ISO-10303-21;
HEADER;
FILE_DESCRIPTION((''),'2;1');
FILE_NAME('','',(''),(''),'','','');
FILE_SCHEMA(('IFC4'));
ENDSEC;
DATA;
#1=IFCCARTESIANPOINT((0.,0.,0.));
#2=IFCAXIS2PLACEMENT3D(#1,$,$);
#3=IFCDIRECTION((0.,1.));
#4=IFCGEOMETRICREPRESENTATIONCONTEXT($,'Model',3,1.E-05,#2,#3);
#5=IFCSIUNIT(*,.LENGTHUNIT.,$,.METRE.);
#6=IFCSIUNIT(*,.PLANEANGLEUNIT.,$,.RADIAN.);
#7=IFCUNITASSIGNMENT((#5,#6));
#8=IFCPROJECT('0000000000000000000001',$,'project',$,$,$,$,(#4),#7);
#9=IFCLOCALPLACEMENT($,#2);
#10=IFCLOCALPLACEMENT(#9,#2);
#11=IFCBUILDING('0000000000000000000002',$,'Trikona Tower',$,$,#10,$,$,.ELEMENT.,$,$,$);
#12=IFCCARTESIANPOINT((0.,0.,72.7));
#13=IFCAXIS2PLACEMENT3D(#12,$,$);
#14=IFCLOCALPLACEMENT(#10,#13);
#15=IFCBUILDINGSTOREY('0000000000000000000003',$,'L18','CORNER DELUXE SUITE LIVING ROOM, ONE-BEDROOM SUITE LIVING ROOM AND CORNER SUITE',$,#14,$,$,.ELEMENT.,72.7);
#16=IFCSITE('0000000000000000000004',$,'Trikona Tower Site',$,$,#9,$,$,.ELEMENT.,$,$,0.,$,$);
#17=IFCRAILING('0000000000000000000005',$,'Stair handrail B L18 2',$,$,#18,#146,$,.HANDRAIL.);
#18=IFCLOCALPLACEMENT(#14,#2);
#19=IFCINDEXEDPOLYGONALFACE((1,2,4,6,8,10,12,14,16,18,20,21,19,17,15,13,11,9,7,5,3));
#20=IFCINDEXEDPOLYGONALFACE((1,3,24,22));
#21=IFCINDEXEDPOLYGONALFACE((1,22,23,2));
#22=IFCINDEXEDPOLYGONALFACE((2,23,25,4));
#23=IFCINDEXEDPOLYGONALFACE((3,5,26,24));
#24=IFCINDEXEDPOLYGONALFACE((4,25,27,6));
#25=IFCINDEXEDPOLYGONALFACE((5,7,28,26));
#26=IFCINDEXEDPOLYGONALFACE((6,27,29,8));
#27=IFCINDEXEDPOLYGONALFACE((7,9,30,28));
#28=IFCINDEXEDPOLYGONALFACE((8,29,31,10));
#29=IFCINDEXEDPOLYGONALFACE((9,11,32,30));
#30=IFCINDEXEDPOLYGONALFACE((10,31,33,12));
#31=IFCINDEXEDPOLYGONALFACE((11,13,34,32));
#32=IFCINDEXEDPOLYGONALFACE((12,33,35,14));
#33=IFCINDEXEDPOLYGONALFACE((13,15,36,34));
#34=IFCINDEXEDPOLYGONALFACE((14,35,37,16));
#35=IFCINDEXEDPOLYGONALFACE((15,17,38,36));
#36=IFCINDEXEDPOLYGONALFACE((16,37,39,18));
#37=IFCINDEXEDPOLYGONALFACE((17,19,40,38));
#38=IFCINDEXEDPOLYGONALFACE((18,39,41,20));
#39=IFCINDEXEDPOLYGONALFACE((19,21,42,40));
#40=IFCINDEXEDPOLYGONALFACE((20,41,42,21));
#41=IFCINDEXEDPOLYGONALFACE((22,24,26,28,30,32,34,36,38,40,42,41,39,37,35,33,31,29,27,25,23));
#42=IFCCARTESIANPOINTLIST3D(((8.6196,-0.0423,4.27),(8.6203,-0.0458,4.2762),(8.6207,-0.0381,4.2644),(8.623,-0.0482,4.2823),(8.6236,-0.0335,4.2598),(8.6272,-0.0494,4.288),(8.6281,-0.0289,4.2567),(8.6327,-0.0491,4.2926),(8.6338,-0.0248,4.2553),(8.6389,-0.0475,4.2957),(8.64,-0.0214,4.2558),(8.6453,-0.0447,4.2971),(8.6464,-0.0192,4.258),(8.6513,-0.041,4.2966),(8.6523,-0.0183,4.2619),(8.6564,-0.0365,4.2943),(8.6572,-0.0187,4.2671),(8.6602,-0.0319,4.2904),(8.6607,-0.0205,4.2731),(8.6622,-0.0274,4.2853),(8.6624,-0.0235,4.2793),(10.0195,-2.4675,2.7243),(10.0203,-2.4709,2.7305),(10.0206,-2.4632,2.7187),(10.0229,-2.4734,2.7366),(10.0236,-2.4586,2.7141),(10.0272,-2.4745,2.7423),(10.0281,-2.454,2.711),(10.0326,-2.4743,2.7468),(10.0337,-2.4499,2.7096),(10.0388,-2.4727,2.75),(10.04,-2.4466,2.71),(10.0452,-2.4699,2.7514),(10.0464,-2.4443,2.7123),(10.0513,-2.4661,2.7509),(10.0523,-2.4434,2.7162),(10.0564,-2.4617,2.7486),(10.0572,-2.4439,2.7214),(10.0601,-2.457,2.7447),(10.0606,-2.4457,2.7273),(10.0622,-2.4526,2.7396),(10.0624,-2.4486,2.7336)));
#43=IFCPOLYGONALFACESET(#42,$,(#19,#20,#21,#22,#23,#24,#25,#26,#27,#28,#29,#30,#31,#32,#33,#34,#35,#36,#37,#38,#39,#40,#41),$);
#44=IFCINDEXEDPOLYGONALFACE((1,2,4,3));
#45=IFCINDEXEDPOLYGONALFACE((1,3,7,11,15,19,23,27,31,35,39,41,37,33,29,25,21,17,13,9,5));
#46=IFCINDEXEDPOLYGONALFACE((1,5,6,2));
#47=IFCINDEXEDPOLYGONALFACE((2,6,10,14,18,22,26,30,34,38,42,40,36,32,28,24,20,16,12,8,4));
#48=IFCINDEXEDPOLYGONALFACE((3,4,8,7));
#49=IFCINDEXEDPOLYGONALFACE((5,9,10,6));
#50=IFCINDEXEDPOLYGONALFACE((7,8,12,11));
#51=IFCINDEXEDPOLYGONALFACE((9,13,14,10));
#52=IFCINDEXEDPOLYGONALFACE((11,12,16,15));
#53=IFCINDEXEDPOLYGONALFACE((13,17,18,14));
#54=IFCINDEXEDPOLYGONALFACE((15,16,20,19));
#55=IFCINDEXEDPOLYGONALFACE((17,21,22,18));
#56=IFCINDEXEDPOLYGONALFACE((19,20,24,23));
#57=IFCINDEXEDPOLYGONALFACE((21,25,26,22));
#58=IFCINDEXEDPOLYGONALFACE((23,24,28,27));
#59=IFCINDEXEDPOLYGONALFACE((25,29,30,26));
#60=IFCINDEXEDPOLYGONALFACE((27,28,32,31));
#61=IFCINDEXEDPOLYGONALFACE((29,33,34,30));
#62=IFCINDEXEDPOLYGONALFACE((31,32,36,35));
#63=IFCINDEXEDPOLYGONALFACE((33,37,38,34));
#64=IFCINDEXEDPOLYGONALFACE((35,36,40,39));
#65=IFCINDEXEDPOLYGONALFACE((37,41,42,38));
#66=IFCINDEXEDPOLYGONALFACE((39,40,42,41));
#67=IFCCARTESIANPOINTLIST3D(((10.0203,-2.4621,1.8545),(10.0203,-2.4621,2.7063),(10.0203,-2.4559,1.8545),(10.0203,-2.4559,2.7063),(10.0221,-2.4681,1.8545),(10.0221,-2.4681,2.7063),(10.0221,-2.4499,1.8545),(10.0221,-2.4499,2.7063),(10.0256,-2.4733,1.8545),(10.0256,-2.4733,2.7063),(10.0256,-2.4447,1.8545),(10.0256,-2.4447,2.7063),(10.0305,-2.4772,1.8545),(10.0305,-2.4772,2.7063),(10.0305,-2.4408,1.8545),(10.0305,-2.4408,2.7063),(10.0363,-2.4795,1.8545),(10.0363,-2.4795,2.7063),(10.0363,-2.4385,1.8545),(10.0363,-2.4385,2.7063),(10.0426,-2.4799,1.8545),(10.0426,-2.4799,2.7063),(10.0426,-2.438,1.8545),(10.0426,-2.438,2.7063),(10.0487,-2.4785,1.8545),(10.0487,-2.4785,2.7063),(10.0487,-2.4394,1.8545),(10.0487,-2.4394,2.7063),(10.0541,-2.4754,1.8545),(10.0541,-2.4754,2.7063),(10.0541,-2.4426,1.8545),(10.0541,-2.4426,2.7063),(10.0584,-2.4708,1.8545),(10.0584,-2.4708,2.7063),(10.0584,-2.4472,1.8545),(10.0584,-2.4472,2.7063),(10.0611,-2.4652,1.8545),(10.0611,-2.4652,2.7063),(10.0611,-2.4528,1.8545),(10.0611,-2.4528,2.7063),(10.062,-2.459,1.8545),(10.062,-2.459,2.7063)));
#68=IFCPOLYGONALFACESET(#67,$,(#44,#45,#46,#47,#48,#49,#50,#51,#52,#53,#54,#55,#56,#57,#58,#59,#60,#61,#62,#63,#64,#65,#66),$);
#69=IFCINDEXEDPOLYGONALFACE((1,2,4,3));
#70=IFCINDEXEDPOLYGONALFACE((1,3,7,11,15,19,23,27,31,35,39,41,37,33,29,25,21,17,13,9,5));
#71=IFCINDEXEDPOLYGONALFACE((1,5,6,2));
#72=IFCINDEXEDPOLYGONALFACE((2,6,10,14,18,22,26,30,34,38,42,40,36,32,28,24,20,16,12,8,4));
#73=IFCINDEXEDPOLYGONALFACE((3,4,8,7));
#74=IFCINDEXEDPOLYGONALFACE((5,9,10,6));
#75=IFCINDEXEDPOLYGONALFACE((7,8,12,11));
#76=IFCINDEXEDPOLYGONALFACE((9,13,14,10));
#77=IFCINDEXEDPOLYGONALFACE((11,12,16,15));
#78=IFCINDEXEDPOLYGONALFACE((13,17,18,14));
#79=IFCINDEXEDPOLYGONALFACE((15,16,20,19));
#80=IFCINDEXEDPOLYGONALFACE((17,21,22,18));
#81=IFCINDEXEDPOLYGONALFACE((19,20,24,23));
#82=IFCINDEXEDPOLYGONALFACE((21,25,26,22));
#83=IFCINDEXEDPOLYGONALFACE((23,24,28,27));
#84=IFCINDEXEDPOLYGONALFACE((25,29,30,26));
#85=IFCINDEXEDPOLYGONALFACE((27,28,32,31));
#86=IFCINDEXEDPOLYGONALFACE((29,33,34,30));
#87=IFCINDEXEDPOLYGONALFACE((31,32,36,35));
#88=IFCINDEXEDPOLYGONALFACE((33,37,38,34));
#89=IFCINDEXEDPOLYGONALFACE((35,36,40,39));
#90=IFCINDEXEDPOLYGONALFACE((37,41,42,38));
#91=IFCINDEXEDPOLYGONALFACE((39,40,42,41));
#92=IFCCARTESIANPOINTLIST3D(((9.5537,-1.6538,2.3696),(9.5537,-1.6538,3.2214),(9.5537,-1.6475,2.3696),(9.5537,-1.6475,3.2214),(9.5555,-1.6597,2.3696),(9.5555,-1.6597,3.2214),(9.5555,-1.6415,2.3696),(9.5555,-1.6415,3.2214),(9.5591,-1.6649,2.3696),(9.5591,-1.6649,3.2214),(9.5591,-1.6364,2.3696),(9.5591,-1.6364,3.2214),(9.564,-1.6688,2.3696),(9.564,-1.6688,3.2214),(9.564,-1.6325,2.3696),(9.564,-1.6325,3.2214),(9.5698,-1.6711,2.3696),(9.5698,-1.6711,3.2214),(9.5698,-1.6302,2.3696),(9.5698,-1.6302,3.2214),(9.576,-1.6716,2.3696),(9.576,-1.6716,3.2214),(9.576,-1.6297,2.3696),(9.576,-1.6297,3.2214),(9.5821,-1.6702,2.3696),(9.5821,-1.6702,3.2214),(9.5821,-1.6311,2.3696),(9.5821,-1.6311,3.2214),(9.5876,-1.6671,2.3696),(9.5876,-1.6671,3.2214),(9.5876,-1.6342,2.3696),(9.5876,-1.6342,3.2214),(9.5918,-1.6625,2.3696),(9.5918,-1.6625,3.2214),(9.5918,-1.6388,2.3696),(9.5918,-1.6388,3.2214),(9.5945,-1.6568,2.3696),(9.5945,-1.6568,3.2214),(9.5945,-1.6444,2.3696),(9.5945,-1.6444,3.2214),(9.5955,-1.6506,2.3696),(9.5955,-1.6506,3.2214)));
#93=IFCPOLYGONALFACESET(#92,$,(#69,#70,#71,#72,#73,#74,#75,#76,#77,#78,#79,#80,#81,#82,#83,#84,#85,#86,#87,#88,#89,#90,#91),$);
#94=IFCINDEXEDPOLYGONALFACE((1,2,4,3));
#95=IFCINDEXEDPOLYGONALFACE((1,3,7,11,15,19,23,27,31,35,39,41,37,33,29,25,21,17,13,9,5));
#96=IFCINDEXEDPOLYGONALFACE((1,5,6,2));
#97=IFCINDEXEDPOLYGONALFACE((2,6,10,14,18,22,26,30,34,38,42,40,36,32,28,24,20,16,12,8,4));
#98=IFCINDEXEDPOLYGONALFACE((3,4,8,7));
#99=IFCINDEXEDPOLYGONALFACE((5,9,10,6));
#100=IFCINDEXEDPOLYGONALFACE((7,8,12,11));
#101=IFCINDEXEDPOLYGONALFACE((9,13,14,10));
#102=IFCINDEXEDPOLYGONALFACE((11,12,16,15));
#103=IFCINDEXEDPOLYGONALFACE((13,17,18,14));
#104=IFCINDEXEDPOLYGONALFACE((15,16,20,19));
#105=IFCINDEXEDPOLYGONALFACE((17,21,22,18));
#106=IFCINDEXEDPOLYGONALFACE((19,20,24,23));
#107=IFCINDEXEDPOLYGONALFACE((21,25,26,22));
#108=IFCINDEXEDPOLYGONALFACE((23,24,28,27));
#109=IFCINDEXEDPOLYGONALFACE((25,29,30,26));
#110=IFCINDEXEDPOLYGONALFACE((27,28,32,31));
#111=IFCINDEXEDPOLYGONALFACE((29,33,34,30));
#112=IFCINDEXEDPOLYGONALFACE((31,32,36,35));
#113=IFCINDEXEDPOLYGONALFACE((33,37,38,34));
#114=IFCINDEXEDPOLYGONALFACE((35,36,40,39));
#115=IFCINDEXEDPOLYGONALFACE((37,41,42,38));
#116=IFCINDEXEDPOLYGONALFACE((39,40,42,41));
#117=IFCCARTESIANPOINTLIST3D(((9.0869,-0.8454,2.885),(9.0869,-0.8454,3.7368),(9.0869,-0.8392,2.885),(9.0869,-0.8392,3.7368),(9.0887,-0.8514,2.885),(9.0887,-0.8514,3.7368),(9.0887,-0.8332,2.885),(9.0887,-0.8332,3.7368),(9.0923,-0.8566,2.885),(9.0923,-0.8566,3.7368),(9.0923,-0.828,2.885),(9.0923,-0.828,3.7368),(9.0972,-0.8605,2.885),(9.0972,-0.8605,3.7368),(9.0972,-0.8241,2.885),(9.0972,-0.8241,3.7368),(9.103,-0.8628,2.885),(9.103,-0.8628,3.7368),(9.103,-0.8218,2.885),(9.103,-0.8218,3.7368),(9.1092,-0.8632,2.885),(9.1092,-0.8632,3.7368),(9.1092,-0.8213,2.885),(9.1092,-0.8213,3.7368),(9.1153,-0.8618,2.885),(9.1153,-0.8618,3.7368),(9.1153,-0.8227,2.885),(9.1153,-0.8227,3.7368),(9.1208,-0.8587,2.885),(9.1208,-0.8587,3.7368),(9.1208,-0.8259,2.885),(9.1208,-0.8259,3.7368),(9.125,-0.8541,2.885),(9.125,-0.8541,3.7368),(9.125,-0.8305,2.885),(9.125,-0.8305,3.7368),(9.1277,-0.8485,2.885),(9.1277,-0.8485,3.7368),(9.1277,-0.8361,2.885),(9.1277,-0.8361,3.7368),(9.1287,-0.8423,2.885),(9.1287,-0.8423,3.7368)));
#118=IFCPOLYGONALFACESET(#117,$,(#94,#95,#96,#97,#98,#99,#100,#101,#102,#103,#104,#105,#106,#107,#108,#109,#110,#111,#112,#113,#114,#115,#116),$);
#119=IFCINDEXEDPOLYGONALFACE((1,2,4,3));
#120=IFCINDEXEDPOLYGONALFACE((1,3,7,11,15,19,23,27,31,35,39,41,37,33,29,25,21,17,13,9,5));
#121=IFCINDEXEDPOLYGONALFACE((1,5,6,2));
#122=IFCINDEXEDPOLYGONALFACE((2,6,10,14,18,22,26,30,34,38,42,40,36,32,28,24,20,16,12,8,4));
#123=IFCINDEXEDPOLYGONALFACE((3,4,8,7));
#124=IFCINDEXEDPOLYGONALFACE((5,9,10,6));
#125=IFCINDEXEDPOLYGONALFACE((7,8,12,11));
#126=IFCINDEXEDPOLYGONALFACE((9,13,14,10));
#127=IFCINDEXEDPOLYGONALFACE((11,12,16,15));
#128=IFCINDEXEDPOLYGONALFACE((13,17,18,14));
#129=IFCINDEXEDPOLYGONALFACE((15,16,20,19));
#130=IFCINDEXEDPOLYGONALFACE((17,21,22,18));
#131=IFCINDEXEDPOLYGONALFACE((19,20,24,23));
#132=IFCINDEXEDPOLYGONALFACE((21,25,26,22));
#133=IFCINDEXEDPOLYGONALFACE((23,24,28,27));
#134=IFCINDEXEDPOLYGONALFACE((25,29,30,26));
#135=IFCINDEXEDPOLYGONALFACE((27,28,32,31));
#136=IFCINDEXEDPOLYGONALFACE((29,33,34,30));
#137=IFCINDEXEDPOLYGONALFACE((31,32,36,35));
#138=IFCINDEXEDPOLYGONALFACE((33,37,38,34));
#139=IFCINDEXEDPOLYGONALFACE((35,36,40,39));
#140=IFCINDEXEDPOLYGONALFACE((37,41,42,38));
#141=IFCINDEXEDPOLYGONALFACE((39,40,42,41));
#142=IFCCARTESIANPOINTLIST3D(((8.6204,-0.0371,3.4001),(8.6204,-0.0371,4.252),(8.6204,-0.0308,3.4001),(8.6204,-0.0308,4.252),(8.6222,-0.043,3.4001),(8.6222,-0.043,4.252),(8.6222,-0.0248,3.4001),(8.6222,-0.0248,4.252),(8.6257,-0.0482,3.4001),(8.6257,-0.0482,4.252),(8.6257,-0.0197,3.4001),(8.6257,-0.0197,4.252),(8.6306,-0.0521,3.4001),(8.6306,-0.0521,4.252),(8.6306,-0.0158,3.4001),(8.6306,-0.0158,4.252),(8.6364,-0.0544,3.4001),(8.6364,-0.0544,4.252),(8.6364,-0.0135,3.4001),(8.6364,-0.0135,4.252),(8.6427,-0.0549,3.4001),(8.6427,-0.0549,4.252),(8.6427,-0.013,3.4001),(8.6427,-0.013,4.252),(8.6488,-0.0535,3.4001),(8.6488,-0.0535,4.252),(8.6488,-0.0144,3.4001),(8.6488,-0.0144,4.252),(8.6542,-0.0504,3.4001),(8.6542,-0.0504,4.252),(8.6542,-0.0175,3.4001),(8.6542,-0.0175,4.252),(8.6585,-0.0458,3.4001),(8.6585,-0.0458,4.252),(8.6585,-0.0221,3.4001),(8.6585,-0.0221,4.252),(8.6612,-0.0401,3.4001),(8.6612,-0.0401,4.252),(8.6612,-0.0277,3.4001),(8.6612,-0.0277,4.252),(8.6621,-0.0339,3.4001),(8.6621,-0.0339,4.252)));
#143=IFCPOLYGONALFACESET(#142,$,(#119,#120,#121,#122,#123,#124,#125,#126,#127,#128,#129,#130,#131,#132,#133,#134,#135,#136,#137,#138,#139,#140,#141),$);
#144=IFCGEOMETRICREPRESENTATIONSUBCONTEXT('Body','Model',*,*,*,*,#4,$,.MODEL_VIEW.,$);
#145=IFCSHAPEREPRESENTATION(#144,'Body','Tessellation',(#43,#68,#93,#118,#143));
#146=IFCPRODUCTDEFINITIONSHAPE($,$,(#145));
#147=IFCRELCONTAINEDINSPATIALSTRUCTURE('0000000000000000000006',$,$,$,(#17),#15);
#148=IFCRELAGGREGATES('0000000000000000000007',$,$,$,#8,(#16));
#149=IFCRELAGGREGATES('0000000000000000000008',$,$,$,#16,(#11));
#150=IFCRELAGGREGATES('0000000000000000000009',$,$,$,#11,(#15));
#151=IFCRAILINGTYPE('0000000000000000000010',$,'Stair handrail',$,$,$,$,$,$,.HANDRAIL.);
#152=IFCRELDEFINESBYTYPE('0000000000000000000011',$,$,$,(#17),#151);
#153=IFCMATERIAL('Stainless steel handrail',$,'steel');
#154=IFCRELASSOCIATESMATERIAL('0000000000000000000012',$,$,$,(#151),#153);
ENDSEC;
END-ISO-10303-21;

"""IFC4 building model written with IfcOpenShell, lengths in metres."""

from ifc_helpers import new_model, si_unit, direction, frame, origin, origin_2d, place, context, subcontext, project, spatial, circle, extrude, material, type_object, element, save


model = new_model("IFC4")

# Units and contexts
model_context = context("Model", 3, precision=1e-05, world=origin(), true_north=direction((0.0, 1.0)))
body_context = subcontext(model_context, "Body", "Model", "MODEL_VIEW")
ifc_project = project(units=[si_unit("LENGTHUNIT", "METRE"), si_unit("PLANEANGLEUNIT", "RADIAN")], contexts=[model_context])

# Site, building, storey
site_placement = place(None, origin())
site = spatial("IfcSite", under=ifc_project, at=site_placement, Name="Trikona Tower Site", CompositionType="ELEMENT", RefElevation=0.0)
building_placement = place(site_placement, origin())
building = spatial("IfcBuilding", under=site, at=building_placement, Name="Trikona Tower", CompositionType="ELEMENT")
storey_placement = place(building_placement, frame((0.0, 0.0, 72.7)))
storey = spatial("IfcBuildingStorey", under=building, at=storey_placement, Name="L18", Description="CORNER DELUXE SUITE LIVING ROOM, ONE-BEDROOM SUITE LIVING ROOM AND CORNER SUITE", CompositionType="ELEMENT", Elevation=72.7)

# Railing
ifc_material_1 = material(Name="Stainless steel handrail", Category="steel")
railing_type = type_object("IfcRailingType", Name="Stair handrail", PredefinedType="HANDRAIL", material=ifc_material_1)
railing_placement = place(storey_placement, frame((10.041, -2.459, 1.8545)))
element("IfcRailing", 1, at=railing_placement, inside=storey, type_object=railing_type, Name="Stair handrail B L18 2", PredefinedType="HANDRAIL", context=body_context, shape_type="SweptSolid", body=[
    extrude(circle(Radius=0.0239, at=origin_2d()), frame((0.0, 0.0, 0.876), z_axis=(-0.437691, 0.758212, 0.483262), x_axis=(-0.866056, -0.499946, 0.0)), (0.0, 0.0, 1.0), 3.1985),
    extrude(circle(Radius=0.021, at=origin_2d()), origin(), (0.0, 0.0, 1.0), 0.8518),
    extrude(circle(Radius=0.021, at=origin_2d()), frame((-0.4666, 0.8083, 0.5151)), (0.0, 0.0, 1.0), 0.8518),
    extrude(circle(Radius=0.021, at=origin_2d()), frame((-0.9333, 1.6167, 1.0305)), (0.0, 0.0, 1.0), 0.8518),
    extrude(circle(Radius=0.021, at=origin_2d()), frame((-1.3999, 2.425, 1.5457)), (0.0, 0.0, 1.0), 0.8518),
])

save(model, "model.ifc")
